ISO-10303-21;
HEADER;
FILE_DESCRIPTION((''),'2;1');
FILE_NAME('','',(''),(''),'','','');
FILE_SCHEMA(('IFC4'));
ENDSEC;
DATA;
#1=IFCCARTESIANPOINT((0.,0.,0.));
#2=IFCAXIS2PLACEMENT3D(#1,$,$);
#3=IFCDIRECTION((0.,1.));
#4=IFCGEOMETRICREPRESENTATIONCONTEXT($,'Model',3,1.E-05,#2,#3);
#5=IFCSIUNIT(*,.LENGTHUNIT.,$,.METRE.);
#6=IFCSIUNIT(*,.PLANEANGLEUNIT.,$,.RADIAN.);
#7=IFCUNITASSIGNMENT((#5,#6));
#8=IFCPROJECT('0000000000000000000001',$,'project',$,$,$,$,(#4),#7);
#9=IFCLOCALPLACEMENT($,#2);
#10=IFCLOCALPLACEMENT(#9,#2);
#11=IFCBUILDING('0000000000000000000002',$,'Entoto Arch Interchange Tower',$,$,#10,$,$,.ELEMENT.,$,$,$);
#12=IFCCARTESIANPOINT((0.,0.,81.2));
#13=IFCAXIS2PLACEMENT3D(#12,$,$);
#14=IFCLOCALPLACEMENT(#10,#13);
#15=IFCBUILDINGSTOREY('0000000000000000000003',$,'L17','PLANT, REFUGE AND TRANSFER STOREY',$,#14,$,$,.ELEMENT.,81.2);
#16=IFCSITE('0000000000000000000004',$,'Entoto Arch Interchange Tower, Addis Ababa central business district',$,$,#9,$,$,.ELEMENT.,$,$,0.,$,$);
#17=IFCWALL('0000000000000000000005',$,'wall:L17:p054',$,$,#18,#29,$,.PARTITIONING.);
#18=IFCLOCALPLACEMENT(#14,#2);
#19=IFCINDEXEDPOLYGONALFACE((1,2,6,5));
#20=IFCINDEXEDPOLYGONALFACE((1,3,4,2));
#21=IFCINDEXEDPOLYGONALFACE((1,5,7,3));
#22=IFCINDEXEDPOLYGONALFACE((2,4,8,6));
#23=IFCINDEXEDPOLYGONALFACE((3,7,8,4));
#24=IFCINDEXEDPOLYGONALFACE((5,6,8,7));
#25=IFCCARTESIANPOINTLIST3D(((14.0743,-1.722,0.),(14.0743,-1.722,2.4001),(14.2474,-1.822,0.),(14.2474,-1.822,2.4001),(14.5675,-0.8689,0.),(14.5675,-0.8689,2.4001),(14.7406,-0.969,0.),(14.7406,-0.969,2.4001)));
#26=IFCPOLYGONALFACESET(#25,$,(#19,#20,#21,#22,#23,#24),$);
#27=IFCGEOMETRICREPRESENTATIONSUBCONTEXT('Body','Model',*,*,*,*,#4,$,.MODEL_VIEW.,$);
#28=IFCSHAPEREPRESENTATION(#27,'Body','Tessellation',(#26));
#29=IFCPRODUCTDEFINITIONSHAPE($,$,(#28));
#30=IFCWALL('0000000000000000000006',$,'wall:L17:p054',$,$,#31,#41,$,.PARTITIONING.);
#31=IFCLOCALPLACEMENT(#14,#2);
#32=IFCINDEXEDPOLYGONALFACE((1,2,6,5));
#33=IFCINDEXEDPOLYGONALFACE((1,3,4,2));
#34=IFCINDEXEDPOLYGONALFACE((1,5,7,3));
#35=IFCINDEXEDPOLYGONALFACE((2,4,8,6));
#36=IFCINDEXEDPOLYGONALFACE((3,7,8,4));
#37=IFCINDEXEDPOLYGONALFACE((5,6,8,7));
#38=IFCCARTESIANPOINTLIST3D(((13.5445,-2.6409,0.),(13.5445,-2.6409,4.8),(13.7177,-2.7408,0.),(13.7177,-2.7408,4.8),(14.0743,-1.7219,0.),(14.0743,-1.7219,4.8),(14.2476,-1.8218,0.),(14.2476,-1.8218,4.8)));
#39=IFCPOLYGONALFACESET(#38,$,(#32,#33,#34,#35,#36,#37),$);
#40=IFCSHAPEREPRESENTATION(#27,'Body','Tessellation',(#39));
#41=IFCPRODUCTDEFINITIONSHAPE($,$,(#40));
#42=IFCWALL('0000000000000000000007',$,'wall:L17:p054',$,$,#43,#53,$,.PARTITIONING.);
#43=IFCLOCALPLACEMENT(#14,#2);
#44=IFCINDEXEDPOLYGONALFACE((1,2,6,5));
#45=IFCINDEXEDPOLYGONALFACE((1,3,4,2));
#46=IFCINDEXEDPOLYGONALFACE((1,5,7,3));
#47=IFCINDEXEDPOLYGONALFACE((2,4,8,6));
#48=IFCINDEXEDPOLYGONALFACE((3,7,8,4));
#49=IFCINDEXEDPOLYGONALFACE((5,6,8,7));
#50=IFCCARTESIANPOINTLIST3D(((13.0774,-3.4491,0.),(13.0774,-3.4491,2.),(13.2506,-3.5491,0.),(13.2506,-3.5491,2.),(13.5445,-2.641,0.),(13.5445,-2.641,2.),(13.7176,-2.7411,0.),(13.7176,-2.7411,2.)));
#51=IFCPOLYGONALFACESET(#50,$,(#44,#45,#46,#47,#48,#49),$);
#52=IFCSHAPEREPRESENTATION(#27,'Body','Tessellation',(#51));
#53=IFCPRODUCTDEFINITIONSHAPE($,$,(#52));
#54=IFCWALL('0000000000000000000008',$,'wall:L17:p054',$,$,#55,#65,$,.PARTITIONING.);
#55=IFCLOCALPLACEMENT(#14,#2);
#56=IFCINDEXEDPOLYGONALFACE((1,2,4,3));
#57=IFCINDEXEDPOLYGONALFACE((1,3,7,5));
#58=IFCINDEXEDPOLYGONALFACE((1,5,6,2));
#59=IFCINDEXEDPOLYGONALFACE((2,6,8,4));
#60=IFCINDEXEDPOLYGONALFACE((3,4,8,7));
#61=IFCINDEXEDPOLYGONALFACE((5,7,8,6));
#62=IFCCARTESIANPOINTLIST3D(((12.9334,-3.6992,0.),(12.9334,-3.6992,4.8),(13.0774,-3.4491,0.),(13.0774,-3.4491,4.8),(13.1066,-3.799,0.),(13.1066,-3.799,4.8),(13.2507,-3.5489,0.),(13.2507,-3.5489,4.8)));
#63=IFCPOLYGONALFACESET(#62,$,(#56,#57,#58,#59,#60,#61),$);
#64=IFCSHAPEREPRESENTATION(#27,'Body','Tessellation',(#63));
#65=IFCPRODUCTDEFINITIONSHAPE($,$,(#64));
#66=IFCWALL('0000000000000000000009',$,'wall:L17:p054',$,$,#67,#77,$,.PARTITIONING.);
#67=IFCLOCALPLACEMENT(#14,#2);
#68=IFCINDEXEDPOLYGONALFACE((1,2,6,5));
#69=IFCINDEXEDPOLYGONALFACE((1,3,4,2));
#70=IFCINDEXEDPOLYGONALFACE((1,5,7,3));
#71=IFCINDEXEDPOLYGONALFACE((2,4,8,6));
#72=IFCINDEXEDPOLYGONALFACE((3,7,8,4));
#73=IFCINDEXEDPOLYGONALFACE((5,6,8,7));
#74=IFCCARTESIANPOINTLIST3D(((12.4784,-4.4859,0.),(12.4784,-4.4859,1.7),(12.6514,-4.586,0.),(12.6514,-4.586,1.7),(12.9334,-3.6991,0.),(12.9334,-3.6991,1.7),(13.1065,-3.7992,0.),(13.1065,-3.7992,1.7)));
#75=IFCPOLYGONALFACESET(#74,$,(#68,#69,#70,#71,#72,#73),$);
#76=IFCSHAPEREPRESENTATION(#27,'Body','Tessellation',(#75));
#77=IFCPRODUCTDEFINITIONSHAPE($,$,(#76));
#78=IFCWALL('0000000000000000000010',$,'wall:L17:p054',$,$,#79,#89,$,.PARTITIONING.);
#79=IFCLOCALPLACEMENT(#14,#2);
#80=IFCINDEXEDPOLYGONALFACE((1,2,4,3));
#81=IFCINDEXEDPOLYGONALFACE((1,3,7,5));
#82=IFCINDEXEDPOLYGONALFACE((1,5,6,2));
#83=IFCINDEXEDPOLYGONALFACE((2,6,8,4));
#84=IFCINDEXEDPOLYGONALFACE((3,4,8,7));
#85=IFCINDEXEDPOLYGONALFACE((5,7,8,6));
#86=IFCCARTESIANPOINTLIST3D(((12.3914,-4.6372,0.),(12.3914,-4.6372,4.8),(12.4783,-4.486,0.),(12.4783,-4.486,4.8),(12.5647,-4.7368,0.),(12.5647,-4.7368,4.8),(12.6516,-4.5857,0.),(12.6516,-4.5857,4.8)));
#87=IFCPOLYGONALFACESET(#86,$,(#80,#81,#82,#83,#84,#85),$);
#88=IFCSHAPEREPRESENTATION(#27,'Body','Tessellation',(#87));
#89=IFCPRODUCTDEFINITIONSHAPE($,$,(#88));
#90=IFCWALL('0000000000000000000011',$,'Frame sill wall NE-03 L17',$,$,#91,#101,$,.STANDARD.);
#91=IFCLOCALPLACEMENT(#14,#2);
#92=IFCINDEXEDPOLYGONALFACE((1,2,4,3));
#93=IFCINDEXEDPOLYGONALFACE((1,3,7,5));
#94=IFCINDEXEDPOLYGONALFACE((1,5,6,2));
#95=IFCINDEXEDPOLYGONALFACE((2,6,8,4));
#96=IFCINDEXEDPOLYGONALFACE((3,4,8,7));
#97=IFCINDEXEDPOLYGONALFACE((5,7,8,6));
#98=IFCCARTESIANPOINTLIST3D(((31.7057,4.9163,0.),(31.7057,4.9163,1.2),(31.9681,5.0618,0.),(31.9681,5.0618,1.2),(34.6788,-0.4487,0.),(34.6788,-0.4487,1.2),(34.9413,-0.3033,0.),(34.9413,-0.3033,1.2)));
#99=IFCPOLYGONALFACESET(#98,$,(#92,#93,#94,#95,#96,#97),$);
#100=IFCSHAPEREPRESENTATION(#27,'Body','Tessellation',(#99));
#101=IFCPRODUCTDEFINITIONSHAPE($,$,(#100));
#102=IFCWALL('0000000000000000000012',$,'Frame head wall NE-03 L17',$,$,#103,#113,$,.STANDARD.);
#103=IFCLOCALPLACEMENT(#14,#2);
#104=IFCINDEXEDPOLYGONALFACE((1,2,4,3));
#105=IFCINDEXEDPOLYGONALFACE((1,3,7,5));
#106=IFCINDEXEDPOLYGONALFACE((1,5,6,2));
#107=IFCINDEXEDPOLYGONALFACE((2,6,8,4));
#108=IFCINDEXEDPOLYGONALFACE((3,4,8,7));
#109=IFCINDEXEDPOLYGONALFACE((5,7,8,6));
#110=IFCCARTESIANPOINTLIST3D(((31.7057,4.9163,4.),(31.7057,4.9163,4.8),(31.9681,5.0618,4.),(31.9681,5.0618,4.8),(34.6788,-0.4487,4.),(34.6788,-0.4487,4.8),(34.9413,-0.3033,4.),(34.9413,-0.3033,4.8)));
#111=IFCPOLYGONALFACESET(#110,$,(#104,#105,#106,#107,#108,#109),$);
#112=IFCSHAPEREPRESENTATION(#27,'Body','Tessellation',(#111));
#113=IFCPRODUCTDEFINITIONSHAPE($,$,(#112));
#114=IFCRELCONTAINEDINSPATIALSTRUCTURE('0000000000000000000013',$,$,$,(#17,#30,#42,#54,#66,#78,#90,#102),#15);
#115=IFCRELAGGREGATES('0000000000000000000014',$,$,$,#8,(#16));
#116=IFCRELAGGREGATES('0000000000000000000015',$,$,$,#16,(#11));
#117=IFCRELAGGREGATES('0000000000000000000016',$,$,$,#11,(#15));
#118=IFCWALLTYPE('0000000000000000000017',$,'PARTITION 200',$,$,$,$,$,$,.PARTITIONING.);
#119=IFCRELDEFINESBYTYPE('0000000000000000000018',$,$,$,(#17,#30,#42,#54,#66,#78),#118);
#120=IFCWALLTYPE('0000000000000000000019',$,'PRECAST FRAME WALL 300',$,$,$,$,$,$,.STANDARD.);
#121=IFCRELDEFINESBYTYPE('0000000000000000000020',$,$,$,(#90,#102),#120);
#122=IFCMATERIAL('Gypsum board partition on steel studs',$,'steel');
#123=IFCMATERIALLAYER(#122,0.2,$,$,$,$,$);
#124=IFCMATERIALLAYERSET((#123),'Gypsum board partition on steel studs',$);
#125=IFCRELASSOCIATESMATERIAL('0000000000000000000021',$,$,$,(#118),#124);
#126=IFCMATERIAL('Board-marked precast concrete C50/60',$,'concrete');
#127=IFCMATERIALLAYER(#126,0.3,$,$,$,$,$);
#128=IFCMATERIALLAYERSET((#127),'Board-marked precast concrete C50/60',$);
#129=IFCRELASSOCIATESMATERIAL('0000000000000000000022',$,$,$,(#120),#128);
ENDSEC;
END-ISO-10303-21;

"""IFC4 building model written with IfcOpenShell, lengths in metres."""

from ifc_helpers import new_model, si_unit, direction, frame, frame_2d, origin, place, context, subcontext, project, spatial, rectangle, extrude, material, layer, layer_set, type_object, element, save


model = new_model("IFC4")

# Units and contexts
model_context = context("Model", 3, precision=1e-05, world=origin(), true_north=direction((0.0, 1.0)))
body_context = subcontext(model_context, "Body", "Model", "MODEL_VIEW")
ifc_project = project(units=[si_unit("LENGTHUNIT", "METRE"), si_unit("PLANEANGLEUNIT", "RADIAN")], contexts=[model_context])

# Site, building, storey
site_placement = place(None, origin())
site = spatial("IfcSite", under=ifc_project, at=site_placement, Name="Entoto Arch Interchange Tower, Addis Ababa central business district", CompositionType="ELEMENT", RefElevation=0.0)
building_placement = place(site_placement, origin())
building = spatial("IfcBuilding", under=site, at=building_placement, Name="Entoto Arch Interchange Tower", CompositionType="ELEMENT")
storey_placement = place(building_placement, frame((0.0, 0.0, 81.2)))
storey = spatial("IfcBuildingStorey", under=building, at=storey_placement, Name="L17", Description="PLANT, REFUGE AND TRANSFER STOREY", CompositionType="ELEMENT", Elevation=81.2)

# Walls
ifc_material_1 = material(Name="Gypsum board partition on steel studs", Category="steel")
ifc_layer_1 = layer(ifc_material_1, 0.2)
ifc_layer_set_1 = layer_set([ifc_layer_1], Name="Gypsum board partition on steel studs")
wall_type_1 = type_object("IfcWallType", Name="PARTITION 200", PredefinedType="PARTITIONING", material=ifc_layer_set_1)
wall_1_placement = place(storey_placement, frame((14.6541, -0.9189, 0.0), z_axis=(0.0, 0.0, 1.0), x_axis=(-0.500509, -0.865731, 0.0)))
element("IfcWall", 1, at=wall_1_placement, inside=storey, type_object=wall_type_1, Name="wall:L17:p054", PredefinedType="PARTITIONING", context=body_context, shape_type="SweptSolid", body=[
    extrude(rectangle(XDim=0.9854, YDim=0.2, at=frame_2d((0.4927, 0.0))), origin(), (0.0, 0.0, 1.0), 2.4001),
])
wall_2_placement = place(storey_placement, frame((14.1609, -1.772, 0.0), z_axis=(0.0, 0.0, 1.0), x_axis=(-0.499457, -0.866339, 0.0)))
element("IfcWall", 2, at=wall_2_placement, inside=storey, type_object=wall_type_1, Name="wall:L17:p054", PredefinedType="PARTITIONING", context=body_context, shape_type="SweptSolid", body=[
    extrude(rectangle(XDim=1.0608, YDim=0.2, at=frame_2d((0.5303, 0.0))), origin(), (0.0, 0.0, 1.0), 4.8),
])
wall_3_placement = place(storey_placement, frame((13.6311, -2.6909, 0.0), z_axis=(0.0, 0.0, 1.0), x_axis=(-0.500387, -0.865802, 0.0)))
element("IfcWall", 3, at=wall_3_placement, inside=storey, type_object=wall_type_1, Name="wall:L17:p054", PredefinedType="PARTITIONING", context=body_context, shape_type="SweptSolid", body=[
    extrude(rectangle(XDim=0.9333, YDim=0.2, at=frame_2d((0.4668, 0.0))), origin(), (0.0, 0.0, 1.0), 2.0),
])
wall_4_placement = place(storey_placement, frame((13.1641, -3.499, 0.0), z_axis=(0.0, 0.0, 1.0), x_axis=(-0.499234, -0.866467, 0.0)))
element("IfcWall", 4, at=wall_4_placement, inside=storey, type_object=wall_type_1, Name="wall:L17:p054", PredefinedType="PARTITIONING", context=body_context, shape_type="SweptSolid", body=[
    extrude(rectangle(XDim=0.2886, YDim=0.2, at=frame_2d((0.1443, 0.0))), origin(), (0.0, 0.0, 1.0), 4.8),
])
wall_5_placement = place(storey_placement, frame((13.02, -3.749, 0.0), z_axis=(0.0, 0.0, 1.0), x_axis=(-0.500644, -0.865653, 0.0)))
element("IfcWall", 5, at=wall_5_placement, inside=storey, type_object=wall_type_1, Name="wall:L17:p054", PredefinedType="PARTITIONING", context=body_context, shape_type="SweptSolid", body=[
    extrude(rectangle(XDim=0.9089, YDim=0.2, at=frame_2d((0.4546, 0.0))), origin(), (0.0, 0.0, 1.0), 1.7),
])
wall_6_placement = place(storey_placement, frame((12.5649, -4.5359, 0.0), z_axis=(0.0, 0.0, 1.0), x_axis=(-0.49855, -0.866861, 0.0)))
element("IfcWall", 6, at=wall_6_placement, inside=storey, type_object=wall_type_1, Name="wall:L17:p054", PredefinedType="PARTITIONING", context=body_context, shape_type="SweptSolid", body=[
    extrude(rectangle(XDim=0.1743, YDim=0.2, at=frame_2d((0.0872, 0.0))), origin(), (0.0, 0.0, 1.0), 4.8),
])
ifc_material_2 = material(Name="Board-marked precast concrete C50/60", Category="concrete")
ifc_layer_2 = layer(ifc_material_2, 0.3)
ifc_layer_set_2 = layer_set([ifc_layer_2], Name="Board-marked precast concrete C50/60")
wall_type_2 = type_object("IfcWallType", Name="PRECAST FRAME WALL 300", PredefinedType="STANDARD", material=ifc_layer_set_2)
wall_7_placement = place(storey_placement, frame((34.8101, -0.376, 0.0), z_axis=(0.0, 0.0, 1.0), x_axis=(-0.48472, 0.874669, 0.0)))
element("IfcWall", 7, at=wall_7_placement, inside=storey, type_object=wall_type_2, Name="Frame sill wall NE-03 L17", PredefinedType="STANDARD", context=body_context, shape_type="SweptSolid", body=[
    extrude(rectangle(XDim=6.1338, YDim=0.3, at=frame_2d((3.0669, 0.0))), origin(), (0.0, 0.0, 1.0), 1.2),
])
wall_8_placement = place(storey_placement, frame((34.8101, -0.376, 4.0), z_axis=(0.0, 0.0, 1.0), x_axis=(-0.48472, 0.874669, 0.0)))
element("IfcWall", 8, at=wall_8_placement, inside=storey, type_object=wall_type_2, Name="Frame head wall NE-03 L17", PredefinedType="STANDARD", context=body_context, shape_type="SweptSolid", body=[
    extrude(rectangle(XDim=6.1338, YDim=0.3, at=frame_2d((3.0669, 0.0))), origin(), (0.0, 0.0, 1.0), 0.8),
])

save(model, "model.ifc")
